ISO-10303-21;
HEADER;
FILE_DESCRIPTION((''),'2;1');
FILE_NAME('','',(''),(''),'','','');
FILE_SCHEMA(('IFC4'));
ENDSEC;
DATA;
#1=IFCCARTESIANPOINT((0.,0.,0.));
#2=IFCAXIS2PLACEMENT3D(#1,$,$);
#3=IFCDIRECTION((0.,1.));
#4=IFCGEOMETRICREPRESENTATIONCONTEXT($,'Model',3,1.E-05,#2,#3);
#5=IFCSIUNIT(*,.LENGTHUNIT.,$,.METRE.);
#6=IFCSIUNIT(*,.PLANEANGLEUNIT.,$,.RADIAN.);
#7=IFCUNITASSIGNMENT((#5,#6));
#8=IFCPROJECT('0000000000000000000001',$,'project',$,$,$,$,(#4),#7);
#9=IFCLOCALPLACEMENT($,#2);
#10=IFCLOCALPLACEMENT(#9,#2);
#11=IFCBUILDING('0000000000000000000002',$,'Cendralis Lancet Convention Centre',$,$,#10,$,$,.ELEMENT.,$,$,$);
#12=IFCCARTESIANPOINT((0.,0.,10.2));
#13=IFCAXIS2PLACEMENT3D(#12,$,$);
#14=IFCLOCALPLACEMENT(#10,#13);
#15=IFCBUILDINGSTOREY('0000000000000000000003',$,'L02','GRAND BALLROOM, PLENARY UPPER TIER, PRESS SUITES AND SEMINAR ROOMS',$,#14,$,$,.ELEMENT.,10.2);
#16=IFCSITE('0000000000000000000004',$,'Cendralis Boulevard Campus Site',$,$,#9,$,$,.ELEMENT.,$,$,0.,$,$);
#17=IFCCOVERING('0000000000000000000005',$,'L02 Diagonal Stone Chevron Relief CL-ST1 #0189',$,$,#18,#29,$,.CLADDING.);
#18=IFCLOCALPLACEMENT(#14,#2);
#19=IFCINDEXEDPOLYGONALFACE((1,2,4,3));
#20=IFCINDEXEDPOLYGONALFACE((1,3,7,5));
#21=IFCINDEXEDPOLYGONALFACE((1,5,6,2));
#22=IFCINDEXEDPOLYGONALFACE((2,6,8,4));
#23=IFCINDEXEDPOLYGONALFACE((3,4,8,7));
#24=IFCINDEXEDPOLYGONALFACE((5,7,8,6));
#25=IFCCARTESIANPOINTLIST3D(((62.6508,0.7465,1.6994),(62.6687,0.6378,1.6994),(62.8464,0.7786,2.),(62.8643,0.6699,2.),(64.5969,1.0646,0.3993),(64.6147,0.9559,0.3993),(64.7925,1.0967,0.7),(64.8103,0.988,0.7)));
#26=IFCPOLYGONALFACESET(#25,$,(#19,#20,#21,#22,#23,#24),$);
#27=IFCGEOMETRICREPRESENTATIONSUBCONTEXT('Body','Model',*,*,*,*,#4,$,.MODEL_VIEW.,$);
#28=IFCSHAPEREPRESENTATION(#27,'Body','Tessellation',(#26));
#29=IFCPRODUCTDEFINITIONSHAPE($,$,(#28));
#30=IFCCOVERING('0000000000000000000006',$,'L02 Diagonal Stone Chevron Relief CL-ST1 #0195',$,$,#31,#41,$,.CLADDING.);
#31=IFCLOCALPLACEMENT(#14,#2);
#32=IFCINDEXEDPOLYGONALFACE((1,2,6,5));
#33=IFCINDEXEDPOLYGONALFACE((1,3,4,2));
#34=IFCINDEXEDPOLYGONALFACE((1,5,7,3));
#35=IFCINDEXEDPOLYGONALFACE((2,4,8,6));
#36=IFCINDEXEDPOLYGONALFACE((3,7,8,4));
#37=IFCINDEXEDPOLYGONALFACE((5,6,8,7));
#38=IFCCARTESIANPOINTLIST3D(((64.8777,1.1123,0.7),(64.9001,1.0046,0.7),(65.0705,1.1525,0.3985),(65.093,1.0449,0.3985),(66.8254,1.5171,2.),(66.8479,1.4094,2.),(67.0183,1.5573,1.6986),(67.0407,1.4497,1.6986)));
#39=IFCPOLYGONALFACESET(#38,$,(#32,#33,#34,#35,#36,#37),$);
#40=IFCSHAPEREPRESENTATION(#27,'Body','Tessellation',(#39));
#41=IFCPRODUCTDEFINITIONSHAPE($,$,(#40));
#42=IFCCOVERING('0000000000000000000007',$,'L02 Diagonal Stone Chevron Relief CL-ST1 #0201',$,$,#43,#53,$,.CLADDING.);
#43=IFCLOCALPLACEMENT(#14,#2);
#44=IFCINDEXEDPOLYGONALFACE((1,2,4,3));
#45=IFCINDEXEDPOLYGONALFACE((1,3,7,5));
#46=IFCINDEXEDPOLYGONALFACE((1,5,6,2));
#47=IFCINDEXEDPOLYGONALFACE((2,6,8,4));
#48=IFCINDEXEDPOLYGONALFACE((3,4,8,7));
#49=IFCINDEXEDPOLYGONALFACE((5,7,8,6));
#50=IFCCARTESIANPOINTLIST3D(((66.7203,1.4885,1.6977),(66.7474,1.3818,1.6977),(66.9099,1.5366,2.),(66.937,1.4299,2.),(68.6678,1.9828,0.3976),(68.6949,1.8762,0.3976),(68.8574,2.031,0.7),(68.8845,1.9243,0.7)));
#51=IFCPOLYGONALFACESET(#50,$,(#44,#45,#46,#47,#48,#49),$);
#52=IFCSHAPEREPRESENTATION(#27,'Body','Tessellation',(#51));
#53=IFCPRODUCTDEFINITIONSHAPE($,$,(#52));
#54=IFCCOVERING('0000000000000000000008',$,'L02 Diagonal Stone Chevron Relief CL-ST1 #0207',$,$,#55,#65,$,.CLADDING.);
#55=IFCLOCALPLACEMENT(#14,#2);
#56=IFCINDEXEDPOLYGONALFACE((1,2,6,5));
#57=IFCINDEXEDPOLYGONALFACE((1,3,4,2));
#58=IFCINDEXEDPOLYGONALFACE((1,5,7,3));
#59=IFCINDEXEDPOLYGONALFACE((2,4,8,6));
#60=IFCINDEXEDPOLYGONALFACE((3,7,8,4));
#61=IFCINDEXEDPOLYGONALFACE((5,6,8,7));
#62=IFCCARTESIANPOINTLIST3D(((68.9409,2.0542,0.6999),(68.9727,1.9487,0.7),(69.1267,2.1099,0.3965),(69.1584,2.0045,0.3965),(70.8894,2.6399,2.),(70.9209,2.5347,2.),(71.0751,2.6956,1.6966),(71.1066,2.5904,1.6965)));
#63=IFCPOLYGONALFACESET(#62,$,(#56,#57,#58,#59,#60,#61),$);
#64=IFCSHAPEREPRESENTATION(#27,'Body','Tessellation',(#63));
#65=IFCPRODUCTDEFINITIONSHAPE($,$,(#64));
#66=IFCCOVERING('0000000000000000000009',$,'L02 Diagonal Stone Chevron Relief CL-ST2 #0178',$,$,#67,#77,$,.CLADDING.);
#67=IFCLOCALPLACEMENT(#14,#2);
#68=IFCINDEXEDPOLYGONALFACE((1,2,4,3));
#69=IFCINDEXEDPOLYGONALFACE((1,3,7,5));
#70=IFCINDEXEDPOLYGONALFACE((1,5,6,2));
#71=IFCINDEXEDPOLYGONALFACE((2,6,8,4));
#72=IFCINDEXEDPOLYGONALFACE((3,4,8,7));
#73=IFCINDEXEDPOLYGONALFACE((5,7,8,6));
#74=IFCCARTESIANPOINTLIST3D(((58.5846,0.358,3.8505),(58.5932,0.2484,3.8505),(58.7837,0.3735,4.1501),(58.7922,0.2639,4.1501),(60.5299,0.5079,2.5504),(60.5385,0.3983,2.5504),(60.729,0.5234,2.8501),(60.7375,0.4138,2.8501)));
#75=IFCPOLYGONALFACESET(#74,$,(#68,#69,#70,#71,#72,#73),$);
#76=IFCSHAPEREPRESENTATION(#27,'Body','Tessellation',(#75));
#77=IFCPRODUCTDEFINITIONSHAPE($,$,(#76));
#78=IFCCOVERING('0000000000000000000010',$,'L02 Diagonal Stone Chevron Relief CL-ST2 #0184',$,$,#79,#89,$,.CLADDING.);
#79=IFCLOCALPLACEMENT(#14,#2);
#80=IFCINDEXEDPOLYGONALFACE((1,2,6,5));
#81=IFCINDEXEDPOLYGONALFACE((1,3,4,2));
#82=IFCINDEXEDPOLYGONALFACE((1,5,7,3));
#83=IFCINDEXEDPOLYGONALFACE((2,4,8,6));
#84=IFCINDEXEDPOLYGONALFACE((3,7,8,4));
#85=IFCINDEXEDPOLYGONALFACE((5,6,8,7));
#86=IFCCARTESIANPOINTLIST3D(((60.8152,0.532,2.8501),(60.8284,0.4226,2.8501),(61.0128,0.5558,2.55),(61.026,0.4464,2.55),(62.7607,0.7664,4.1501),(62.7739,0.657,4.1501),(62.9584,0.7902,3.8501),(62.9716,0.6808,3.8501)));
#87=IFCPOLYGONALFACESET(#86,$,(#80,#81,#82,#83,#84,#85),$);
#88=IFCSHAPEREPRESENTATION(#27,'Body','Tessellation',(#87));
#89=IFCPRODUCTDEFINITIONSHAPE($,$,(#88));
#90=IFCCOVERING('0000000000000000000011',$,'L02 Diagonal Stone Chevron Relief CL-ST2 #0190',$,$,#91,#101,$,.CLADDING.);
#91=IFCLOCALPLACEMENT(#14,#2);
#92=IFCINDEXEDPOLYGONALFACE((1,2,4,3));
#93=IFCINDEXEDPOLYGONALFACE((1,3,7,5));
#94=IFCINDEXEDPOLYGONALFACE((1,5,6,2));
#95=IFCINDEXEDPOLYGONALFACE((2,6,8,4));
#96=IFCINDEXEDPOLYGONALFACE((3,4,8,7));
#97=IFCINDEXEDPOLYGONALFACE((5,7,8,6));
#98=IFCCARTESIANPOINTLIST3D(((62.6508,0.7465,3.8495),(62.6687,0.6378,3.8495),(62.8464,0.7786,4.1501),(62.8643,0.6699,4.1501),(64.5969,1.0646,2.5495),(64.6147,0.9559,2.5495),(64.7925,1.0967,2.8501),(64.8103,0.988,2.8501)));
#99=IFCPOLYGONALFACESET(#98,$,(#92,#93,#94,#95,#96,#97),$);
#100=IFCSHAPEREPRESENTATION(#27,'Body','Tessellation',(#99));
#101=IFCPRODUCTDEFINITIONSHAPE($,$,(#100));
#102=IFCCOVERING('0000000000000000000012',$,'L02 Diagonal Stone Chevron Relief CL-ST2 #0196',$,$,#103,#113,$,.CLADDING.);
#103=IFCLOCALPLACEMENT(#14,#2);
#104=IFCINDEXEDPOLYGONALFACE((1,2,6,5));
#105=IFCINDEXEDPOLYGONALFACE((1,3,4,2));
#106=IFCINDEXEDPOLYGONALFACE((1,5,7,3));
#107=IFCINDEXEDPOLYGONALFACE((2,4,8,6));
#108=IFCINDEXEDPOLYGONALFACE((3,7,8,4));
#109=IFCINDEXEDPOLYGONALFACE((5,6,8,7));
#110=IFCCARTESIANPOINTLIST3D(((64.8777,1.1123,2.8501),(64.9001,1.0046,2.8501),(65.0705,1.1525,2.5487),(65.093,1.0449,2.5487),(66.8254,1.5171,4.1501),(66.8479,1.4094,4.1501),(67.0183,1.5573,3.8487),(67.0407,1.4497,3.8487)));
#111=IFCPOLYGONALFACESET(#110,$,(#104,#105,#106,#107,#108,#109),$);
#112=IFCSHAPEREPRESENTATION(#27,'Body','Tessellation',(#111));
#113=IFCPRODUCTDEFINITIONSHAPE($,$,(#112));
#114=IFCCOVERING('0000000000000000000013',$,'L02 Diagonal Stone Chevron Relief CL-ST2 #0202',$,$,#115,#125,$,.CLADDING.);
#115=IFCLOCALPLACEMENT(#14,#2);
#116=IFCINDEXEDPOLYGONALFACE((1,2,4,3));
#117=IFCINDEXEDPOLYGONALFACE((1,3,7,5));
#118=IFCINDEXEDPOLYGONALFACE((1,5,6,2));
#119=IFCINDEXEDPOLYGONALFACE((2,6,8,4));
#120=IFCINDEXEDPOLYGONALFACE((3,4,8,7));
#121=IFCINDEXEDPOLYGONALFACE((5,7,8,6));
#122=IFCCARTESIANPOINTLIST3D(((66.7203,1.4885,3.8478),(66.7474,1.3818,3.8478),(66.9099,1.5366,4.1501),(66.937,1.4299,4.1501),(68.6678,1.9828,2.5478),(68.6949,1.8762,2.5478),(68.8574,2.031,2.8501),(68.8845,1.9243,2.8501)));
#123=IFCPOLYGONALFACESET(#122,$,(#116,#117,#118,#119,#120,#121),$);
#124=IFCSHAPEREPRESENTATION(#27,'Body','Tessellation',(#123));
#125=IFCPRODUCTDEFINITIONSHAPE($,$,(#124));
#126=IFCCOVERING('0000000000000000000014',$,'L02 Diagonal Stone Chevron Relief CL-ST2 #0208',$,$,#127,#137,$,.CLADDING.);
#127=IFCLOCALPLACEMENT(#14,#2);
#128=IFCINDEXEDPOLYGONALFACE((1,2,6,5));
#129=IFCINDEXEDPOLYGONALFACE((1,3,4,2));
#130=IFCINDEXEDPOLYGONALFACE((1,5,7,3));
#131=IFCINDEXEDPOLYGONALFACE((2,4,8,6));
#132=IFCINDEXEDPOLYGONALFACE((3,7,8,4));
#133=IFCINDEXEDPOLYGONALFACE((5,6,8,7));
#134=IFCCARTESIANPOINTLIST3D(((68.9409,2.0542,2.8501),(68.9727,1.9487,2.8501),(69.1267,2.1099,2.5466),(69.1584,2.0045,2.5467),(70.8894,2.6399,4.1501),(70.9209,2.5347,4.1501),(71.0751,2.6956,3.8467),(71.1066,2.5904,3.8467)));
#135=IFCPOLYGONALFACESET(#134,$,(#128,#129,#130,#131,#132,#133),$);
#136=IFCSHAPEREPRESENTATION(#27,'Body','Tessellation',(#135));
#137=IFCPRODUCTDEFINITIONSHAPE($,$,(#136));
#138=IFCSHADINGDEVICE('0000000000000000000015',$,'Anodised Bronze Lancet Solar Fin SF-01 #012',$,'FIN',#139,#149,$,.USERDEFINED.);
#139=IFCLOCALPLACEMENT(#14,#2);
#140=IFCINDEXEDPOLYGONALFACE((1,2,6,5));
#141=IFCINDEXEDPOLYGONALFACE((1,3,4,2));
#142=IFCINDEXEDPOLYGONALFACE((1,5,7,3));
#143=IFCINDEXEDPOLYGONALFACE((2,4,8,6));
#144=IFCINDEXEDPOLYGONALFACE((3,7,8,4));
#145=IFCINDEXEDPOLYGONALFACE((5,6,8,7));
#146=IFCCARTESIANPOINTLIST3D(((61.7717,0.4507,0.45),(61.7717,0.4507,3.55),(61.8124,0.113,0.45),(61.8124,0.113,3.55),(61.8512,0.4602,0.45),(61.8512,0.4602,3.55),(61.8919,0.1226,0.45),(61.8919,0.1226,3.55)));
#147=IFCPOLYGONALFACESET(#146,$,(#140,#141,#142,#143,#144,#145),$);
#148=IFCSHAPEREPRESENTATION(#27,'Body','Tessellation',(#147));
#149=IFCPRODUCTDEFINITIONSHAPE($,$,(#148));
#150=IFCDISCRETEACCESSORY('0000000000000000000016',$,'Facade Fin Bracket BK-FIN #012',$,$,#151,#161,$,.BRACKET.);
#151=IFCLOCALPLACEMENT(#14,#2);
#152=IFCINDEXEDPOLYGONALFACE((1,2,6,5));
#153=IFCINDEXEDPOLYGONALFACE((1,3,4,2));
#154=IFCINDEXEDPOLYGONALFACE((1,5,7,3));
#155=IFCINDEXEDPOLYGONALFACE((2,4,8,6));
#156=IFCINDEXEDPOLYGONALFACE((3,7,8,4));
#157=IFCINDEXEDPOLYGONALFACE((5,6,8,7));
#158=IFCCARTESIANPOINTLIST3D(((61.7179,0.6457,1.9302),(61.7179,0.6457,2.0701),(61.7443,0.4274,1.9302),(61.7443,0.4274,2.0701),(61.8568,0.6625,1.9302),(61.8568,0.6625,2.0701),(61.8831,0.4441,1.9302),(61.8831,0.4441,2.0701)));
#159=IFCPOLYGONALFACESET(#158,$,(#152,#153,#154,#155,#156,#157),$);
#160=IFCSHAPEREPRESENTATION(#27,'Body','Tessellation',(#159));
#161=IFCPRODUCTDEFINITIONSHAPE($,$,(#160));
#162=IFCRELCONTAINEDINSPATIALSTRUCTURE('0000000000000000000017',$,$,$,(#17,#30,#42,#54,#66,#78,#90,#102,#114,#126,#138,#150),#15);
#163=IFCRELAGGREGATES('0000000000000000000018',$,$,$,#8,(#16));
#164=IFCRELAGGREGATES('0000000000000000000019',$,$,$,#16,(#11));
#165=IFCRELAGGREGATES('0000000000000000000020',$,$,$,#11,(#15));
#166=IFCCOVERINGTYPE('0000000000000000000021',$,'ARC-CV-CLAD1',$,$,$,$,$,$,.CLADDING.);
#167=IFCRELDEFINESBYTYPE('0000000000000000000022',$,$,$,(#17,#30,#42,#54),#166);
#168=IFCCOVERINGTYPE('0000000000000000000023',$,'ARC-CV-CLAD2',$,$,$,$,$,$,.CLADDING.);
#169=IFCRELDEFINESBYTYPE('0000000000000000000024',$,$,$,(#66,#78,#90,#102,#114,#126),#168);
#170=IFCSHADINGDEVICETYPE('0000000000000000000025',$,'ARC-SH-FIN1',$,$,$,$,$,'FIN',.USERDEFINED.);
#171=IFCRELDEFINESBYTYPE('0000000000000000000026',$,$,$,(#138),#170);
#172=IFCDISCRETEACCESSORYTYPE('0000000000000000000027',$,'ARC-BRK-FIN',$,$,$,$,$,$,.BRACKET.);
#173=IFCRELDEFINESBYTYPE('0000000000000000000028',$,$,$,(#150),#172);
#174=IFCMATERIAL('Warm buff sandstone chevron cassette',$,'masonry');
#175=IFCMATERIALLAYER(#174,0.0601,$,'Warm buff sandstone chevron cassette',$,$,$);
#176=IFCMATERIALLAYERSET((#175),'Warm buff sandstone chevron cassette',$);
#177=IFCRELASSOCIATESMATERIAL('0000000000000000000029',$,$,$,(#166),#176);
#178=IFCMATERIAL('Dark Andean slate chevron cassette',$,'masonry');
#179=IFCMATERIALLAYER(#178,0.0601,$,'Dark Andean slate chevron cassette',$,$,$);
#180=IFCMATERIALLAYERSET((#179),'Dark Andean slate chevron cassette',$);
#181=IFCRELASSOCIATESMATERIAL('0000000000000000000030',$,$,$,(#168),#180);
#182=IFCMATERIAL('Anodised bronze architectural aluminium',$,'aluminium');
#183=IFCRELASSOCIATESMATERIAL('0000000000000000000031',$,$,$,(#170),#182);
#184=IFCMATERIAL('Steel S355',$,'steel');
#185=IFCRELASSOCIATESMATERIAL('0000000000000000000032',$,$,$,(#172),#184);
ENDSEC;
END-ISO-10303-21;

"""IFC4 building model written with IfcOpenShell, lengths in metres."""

from ifc_helpers import new_model, si_unit, direction, frame, origin, origin_2d, place, context, subcontext, project, spatial, polyline, rectangle, outline, extrude, material, layer, layer_set, type_object, element, save


model = new_model("IFC4")

# Units and contexts
model_context = context("Model", 3, precision=1e-05, world=origin(), true_north=direction((0.0, 1.0)))
body_context = subcontext(model_context, "Body", "Model", "MODEL_VIEW")
ifc_project = project(units=[si_unit("LENGTHUNIT", "METRE"), si_unit("PLANEANGLEUNIT", "RADIAN")], contexts=[model_context])

# Site, building, storey
site_placement = place(None, origin())
site = spatial("IfcSite", under=ifc_project, at=site_placement, Name="Cendralis Boulevard Campus Site", CompositionType="ELEMENT", RefElevation=0.0)
building_placement = place(site_placement, origin())
building = spatial("IfcBuilding", under=site, at=building_placement, Name="Cendralis Lancet Convention Centre", CompositionType="ELEMENT")
storey_placement = place(building_placement, frame((0.0, 0.0, 10.2)))
storey = spatial("IfcBuildingStorey", under=building, at=storey_placement, Name="L02", Description="GRAND BALLROOM, PLENARY UPPER TIER, PRESS SUITES AND SEMINAR ROOMS", CompositionType="ELEMENT", Elevation=10.2)

# Shared definitions
ifc_material_1 = material(Name="Steel S355", Category="steel")

# Shared definitions
ifc_material_2 = material(Name="Warm buff sandstone chevron cassette", Category="masonry")
ifc_material_3 = material(Name="Dark Andean slate chevron cassette", Category="masonry")

# Coverings
ifc_layer_1 = layer(ifc_material_2, 0.0601, Name="Warm buff sandstone chevron cassette")
ifc_layer_set_1 = layer_set([ifc_layer_1], Name="Warm buff sandstone chevron cassette")
covering_type_1 = type_object("IfcCoveringType", Name="ARC-CV-CLAD1", PredefinedType="CLADDING", material=ifc_layer_set_1)
covering_1_placement = place(storey_placement, frame((62.8643, 0.6699, 2.0), z_axis=(0.543173, 0.089105, 0.834879), x_axis=(0.823944, 0.134688, -0.550433)))
element("IfcCovering", 1, at=covering_1_placement, inside=storey, type_object=covering_type_1, Name="L02 Diagonal Stone Chevron Relief CL-ST1 #0189", PredefinedType="CLADDING", context=body_context, shape_type="SweptSolid", body=[
    extrude(outline(polyline([(0.0, 0.0), (2.3619, 0.0), (2.3618, 0.1101), (-0.0001, 0.1101), (0.0, 0.0)])), origin(), (0.0, 0.0, -1.0), 0.3601),
])
covering_2_placement = place(storey_placement, frame((64.9001, 1.0046, 0.7), z_axis=(-0.535516, -0.111718, 0.837103), x_axis=(0.819591, 0.170329, 0.547045)))
element("IfcCovering", 2, at=covering_2_placement, inside=storey, type_object=covering_type_1, Name="L02 Diagonal Stone Chevron Relief CL-ST1 #0195", PredefinedType="CLADDING", context=body_context, shape_type="SweptSolid", body=[
    extrude(outline(polyline([(0.0, 0.0), (2.3765, 0.0), (2.3764, 0.11), (-0.0001, 0.11), (0.0, 0.0)])), origin(), (0.0, 0.0, -1.0), 0.3601),
])
covering_3_placement = place(storey_placement, frame((66.937, 1.4299, 2.0), z_axis=(0.52651, 0.133736, 0.839584), x_axis=(0.813773, 0.20658, -0.543229)))
element("IfcCovering", 3, at=covering_3_placement, inside=storey, type_object=covering_type_1, Name="L02 Diagonal Stone Chevron Relief CL-ST1 #0201", PredefinedType="CLADDING", context=body_context, shape_type="SweptSolid", body=[
    extrude(outline(polyline([(0.0, 0.0), (2.3932, 0.0), (2.3932, 0.1101), (0.0, 0.1101), (0.0, 0.0)])), origin(), (0.0, 0.0, -1.0), 0.3601),
])
covering_4_placement = place(storey_placement, frame((68.9727, 1.9487, 0.7), z_axis=(-0.515727, -0.154778, 0.842656), x_axis=(0.806951, 0.242692, 0.538452)))
element("IfcCovering", 4, at=covering_4_placement, inside=storey, type_object=covering_type_1, Name="L02 Diagonal Stone Chevron Relief CL-ST1 #0207", PredefinedType="CLADDING", context=body_context, shape_type="SweptSolid", body=[
    extrude(outline(polyline([(0.0, 0.0), (2.4144, 0.0), (2.4145, 0.1098), (0.0, 0.1101), (0.0, 0.0)])), origin(), (0.0, 0.0, -1.0), 0.3601),
])
ifc_layer_2 = layer(ifc_material_3, 0.0601, Name="Dark Andean slate chevron cassette")
ifc_layer_set_2 = layer_set([ifc_layer_2], Name="Dark Andean slate chevron cassette")
covering_type_2 = type_object("IfcCoveringType", Name="ARC-CV-CLAD2", PredefinedType="CLADDING", material=ifc_layer_set_2)
covering_5_placement = place(storey_placement, frame((58.7922, 0.2639, 4.1501), z_axis=(0.552825, 0.043093, 0.832182), x_axis=(0.829723, 0.063937, -0.554502)))
element("IfcCovering", 5, at=covering_5_placement, inside=storey, type_object=covering_type_2, Name="L02 Diagonal Stone Chevron Relief CL-ST2 #0178", PredefinedType="CLADDING", context=body_context, shape_type="SweptSolid", body=[
    extrude(outline(polyline([(0.0, 0.0), (2.3445, 0.0), (2.3445, 0.11), (-0.0001, 0.11), (0.0, 0.0)])), origin(), (0.0, 0.0, -1.0), 0.3601),
])
covering_6_placement = place(storey_placement, frame((60.8284, 0.4226, 2.8501), z_axis=(-0.548852, -0.066156, 0.833298), x_axis=(0.827316, 0.099664, 0.552825)))
element("IfcCovering", 6, at=covering_6_placement, inside=storey, type_object=covering_type_2, Name="L02 Diagonal Stone Chevron Relief CL-ST2 #0184", PredefinedType="CLADDING", context=body_context, shape_type="SweptSolid", body=[
    extrude(outline(polyline([(0.0, 0.0), (2.3516, 0.0), (2.3516, 0.1102), (0.0, 0.1102), (0.0, 0.0)])), origin(), (0.0, 0.0, -1.0), 0.3601),
])
covering_7_placement = place(storey_placement, frame((62.8643, 0.6699, 4.1501), z_axis=(0.543173, 0.089105, 0.834879), x_axis=(0.823944, 0.134688, -0.550433)))
element("IfcCovering", 7, at=covering_7_placement, inside=storey, type_object=covering_type_2, Name="L02 Diagonal Stone Chevron Relief CL-ST2 #0190", PredefinedType="CLADDING", context=body_context, shape_type="SweptSolid", body=[
    extrude(outline(polyline([(0.0, 0.0), (2.3619, 0.0), (2.3618, 0.1101), (-0.0001, 0.1101), (0.0, 0.0)])), origin(), (0.0, 0.0, -1.0), 0.3601),
])
covering_8_placement = place(storey_placement, frame((64.9001, 1.0046, 2.8501), z_axis=(-0.535516, -0.111718, 0.837103), x_axis=(0.819591, 0.170329, 0.547045)))
element("IfcCovering", 8, at=covering_8_placement, inside=storey, type_object=covering_type_2, Name="L02 Diagonal Stone Chevron Relief CL-ST2 #0196", PredefinedType="CLADDING", context=body_context, shape_type="SweptSolid", body=[
    extrude(outline(polyline([(0.0, 0.0), (2.3765, 0.0), (2.3764, 0.11), (-0.0001, 0.11), (0.0, 0.0)])), origin(), (0.0, 0.0, -1.0), 0.3601),
])
covering_9_placement = place(storey_placement, frame((66.937, 1.4299, 4.1501), z_axis=(0.52651, 0.133736, 0.839584), x_axis=(0.813773, 0.20658, -0.543229)))
element("IfcCovering", 9, at=covering_9_placement, inside=storey, type_object=covering_type_2, Name="L02 Diagonal Stone Chevron Relief CL-ST2 #0202", PredefinedType="CLADDING", context=body_context, shape_type="SweptSolid", body=[
    extrude(outline(polyline([(0.0, 0.0), (2.3932, 0.0), (2.3932, 0.1101), (0.0, 0.1101), (0.0, 0.0)])), origin(), (0.0, 0.0, -1.0), 0.3601),
])
covering_10_placement = place(storey_placement, frame((68.9727, 1.9487, 2.8501), z_axis=(-0.515727, -0.154778, 0.842656), x_axis=(0.806951, 0.242692, 0.538452)))
element("IfcCovering", 10, at=covering_10_placement, inside=storey, type_object=covering_type_2, Name="L02 Diagonal Stone Chevron Relief CL-ST2 #0208", PredefinedType="CLADDING", context=body_context, shape_type="SweptSolid", body=[
    extrude(outline(polyline([(0.0, 0.0), (2.4144, 0.0), (2.4145, 0.1098), (0.0, 0.1101), (0.0, 0.0)])), origin(), (0.0, 0.0, -1.0), 0.3601),
])

# Shading device
ifc_material_4 = material(Name="Anodised bronze architectural aluminium", Category="aluminium")
shading_device_type = type_object("IfcShadingDeviceType", Name="ARC-SH-FIN1", ElementType="FIN", PredefinedType="USERDEFINED", material=ifc_material_4)
shading_device_placement = place(storey_placement, frame((61.8318, 0.2866, 0.45), z_axis=(0.0, 0.0, 1.0), x_axis=(0.992818, 0.119634, 0.0)))
element("IfcShadingDevice", 11, at=shading_device_placement, inside=storey, type_object=shading_device_type, Name="Anodised Bronze Lancet Solar Fin SF-01 #012", ObjectType="FIN", PredefinedType="USERDEFINED", context=body_context, shape_type="SweptSolid", body=[
    extrude(rectangle(XDim=0.0801, YDim=0.3401, at=origin_2d()), origin(), (0.0, 0.0, 1.0), 3.1001),
])

# Discrete accessory
discrete_accessory_type = type_object("IfcDiscreteAccessoryType", Name="ARC-BRK-FIN", PredefinedType="BRACKET", material=ifc_material_1)
discrete_accessory_placement = place(storey_placement, frame((61.8005, 0.5449, 1.9302), z_axis=(0.0, 0.0, 1.0), x_axis=(0.992818, 0.119634, 0.0)))
element("IfcDiscreteAccessory", 12, at=discrete_accessory_placement, inside=storey, type_object=discrete_accessory_type, Name="Facade Fin Bracket BK-FIN #012", PredefinedType="BRACKET", context=body_context, shape_type="SweptSolid", body=[
    extrude(rectangle(XDim=0.1399, YDim=0.22, at=origin_2d()), origin(), (0.0, 0.0, 1.0), 0.1399),
])

save(model, "model.ifc")
